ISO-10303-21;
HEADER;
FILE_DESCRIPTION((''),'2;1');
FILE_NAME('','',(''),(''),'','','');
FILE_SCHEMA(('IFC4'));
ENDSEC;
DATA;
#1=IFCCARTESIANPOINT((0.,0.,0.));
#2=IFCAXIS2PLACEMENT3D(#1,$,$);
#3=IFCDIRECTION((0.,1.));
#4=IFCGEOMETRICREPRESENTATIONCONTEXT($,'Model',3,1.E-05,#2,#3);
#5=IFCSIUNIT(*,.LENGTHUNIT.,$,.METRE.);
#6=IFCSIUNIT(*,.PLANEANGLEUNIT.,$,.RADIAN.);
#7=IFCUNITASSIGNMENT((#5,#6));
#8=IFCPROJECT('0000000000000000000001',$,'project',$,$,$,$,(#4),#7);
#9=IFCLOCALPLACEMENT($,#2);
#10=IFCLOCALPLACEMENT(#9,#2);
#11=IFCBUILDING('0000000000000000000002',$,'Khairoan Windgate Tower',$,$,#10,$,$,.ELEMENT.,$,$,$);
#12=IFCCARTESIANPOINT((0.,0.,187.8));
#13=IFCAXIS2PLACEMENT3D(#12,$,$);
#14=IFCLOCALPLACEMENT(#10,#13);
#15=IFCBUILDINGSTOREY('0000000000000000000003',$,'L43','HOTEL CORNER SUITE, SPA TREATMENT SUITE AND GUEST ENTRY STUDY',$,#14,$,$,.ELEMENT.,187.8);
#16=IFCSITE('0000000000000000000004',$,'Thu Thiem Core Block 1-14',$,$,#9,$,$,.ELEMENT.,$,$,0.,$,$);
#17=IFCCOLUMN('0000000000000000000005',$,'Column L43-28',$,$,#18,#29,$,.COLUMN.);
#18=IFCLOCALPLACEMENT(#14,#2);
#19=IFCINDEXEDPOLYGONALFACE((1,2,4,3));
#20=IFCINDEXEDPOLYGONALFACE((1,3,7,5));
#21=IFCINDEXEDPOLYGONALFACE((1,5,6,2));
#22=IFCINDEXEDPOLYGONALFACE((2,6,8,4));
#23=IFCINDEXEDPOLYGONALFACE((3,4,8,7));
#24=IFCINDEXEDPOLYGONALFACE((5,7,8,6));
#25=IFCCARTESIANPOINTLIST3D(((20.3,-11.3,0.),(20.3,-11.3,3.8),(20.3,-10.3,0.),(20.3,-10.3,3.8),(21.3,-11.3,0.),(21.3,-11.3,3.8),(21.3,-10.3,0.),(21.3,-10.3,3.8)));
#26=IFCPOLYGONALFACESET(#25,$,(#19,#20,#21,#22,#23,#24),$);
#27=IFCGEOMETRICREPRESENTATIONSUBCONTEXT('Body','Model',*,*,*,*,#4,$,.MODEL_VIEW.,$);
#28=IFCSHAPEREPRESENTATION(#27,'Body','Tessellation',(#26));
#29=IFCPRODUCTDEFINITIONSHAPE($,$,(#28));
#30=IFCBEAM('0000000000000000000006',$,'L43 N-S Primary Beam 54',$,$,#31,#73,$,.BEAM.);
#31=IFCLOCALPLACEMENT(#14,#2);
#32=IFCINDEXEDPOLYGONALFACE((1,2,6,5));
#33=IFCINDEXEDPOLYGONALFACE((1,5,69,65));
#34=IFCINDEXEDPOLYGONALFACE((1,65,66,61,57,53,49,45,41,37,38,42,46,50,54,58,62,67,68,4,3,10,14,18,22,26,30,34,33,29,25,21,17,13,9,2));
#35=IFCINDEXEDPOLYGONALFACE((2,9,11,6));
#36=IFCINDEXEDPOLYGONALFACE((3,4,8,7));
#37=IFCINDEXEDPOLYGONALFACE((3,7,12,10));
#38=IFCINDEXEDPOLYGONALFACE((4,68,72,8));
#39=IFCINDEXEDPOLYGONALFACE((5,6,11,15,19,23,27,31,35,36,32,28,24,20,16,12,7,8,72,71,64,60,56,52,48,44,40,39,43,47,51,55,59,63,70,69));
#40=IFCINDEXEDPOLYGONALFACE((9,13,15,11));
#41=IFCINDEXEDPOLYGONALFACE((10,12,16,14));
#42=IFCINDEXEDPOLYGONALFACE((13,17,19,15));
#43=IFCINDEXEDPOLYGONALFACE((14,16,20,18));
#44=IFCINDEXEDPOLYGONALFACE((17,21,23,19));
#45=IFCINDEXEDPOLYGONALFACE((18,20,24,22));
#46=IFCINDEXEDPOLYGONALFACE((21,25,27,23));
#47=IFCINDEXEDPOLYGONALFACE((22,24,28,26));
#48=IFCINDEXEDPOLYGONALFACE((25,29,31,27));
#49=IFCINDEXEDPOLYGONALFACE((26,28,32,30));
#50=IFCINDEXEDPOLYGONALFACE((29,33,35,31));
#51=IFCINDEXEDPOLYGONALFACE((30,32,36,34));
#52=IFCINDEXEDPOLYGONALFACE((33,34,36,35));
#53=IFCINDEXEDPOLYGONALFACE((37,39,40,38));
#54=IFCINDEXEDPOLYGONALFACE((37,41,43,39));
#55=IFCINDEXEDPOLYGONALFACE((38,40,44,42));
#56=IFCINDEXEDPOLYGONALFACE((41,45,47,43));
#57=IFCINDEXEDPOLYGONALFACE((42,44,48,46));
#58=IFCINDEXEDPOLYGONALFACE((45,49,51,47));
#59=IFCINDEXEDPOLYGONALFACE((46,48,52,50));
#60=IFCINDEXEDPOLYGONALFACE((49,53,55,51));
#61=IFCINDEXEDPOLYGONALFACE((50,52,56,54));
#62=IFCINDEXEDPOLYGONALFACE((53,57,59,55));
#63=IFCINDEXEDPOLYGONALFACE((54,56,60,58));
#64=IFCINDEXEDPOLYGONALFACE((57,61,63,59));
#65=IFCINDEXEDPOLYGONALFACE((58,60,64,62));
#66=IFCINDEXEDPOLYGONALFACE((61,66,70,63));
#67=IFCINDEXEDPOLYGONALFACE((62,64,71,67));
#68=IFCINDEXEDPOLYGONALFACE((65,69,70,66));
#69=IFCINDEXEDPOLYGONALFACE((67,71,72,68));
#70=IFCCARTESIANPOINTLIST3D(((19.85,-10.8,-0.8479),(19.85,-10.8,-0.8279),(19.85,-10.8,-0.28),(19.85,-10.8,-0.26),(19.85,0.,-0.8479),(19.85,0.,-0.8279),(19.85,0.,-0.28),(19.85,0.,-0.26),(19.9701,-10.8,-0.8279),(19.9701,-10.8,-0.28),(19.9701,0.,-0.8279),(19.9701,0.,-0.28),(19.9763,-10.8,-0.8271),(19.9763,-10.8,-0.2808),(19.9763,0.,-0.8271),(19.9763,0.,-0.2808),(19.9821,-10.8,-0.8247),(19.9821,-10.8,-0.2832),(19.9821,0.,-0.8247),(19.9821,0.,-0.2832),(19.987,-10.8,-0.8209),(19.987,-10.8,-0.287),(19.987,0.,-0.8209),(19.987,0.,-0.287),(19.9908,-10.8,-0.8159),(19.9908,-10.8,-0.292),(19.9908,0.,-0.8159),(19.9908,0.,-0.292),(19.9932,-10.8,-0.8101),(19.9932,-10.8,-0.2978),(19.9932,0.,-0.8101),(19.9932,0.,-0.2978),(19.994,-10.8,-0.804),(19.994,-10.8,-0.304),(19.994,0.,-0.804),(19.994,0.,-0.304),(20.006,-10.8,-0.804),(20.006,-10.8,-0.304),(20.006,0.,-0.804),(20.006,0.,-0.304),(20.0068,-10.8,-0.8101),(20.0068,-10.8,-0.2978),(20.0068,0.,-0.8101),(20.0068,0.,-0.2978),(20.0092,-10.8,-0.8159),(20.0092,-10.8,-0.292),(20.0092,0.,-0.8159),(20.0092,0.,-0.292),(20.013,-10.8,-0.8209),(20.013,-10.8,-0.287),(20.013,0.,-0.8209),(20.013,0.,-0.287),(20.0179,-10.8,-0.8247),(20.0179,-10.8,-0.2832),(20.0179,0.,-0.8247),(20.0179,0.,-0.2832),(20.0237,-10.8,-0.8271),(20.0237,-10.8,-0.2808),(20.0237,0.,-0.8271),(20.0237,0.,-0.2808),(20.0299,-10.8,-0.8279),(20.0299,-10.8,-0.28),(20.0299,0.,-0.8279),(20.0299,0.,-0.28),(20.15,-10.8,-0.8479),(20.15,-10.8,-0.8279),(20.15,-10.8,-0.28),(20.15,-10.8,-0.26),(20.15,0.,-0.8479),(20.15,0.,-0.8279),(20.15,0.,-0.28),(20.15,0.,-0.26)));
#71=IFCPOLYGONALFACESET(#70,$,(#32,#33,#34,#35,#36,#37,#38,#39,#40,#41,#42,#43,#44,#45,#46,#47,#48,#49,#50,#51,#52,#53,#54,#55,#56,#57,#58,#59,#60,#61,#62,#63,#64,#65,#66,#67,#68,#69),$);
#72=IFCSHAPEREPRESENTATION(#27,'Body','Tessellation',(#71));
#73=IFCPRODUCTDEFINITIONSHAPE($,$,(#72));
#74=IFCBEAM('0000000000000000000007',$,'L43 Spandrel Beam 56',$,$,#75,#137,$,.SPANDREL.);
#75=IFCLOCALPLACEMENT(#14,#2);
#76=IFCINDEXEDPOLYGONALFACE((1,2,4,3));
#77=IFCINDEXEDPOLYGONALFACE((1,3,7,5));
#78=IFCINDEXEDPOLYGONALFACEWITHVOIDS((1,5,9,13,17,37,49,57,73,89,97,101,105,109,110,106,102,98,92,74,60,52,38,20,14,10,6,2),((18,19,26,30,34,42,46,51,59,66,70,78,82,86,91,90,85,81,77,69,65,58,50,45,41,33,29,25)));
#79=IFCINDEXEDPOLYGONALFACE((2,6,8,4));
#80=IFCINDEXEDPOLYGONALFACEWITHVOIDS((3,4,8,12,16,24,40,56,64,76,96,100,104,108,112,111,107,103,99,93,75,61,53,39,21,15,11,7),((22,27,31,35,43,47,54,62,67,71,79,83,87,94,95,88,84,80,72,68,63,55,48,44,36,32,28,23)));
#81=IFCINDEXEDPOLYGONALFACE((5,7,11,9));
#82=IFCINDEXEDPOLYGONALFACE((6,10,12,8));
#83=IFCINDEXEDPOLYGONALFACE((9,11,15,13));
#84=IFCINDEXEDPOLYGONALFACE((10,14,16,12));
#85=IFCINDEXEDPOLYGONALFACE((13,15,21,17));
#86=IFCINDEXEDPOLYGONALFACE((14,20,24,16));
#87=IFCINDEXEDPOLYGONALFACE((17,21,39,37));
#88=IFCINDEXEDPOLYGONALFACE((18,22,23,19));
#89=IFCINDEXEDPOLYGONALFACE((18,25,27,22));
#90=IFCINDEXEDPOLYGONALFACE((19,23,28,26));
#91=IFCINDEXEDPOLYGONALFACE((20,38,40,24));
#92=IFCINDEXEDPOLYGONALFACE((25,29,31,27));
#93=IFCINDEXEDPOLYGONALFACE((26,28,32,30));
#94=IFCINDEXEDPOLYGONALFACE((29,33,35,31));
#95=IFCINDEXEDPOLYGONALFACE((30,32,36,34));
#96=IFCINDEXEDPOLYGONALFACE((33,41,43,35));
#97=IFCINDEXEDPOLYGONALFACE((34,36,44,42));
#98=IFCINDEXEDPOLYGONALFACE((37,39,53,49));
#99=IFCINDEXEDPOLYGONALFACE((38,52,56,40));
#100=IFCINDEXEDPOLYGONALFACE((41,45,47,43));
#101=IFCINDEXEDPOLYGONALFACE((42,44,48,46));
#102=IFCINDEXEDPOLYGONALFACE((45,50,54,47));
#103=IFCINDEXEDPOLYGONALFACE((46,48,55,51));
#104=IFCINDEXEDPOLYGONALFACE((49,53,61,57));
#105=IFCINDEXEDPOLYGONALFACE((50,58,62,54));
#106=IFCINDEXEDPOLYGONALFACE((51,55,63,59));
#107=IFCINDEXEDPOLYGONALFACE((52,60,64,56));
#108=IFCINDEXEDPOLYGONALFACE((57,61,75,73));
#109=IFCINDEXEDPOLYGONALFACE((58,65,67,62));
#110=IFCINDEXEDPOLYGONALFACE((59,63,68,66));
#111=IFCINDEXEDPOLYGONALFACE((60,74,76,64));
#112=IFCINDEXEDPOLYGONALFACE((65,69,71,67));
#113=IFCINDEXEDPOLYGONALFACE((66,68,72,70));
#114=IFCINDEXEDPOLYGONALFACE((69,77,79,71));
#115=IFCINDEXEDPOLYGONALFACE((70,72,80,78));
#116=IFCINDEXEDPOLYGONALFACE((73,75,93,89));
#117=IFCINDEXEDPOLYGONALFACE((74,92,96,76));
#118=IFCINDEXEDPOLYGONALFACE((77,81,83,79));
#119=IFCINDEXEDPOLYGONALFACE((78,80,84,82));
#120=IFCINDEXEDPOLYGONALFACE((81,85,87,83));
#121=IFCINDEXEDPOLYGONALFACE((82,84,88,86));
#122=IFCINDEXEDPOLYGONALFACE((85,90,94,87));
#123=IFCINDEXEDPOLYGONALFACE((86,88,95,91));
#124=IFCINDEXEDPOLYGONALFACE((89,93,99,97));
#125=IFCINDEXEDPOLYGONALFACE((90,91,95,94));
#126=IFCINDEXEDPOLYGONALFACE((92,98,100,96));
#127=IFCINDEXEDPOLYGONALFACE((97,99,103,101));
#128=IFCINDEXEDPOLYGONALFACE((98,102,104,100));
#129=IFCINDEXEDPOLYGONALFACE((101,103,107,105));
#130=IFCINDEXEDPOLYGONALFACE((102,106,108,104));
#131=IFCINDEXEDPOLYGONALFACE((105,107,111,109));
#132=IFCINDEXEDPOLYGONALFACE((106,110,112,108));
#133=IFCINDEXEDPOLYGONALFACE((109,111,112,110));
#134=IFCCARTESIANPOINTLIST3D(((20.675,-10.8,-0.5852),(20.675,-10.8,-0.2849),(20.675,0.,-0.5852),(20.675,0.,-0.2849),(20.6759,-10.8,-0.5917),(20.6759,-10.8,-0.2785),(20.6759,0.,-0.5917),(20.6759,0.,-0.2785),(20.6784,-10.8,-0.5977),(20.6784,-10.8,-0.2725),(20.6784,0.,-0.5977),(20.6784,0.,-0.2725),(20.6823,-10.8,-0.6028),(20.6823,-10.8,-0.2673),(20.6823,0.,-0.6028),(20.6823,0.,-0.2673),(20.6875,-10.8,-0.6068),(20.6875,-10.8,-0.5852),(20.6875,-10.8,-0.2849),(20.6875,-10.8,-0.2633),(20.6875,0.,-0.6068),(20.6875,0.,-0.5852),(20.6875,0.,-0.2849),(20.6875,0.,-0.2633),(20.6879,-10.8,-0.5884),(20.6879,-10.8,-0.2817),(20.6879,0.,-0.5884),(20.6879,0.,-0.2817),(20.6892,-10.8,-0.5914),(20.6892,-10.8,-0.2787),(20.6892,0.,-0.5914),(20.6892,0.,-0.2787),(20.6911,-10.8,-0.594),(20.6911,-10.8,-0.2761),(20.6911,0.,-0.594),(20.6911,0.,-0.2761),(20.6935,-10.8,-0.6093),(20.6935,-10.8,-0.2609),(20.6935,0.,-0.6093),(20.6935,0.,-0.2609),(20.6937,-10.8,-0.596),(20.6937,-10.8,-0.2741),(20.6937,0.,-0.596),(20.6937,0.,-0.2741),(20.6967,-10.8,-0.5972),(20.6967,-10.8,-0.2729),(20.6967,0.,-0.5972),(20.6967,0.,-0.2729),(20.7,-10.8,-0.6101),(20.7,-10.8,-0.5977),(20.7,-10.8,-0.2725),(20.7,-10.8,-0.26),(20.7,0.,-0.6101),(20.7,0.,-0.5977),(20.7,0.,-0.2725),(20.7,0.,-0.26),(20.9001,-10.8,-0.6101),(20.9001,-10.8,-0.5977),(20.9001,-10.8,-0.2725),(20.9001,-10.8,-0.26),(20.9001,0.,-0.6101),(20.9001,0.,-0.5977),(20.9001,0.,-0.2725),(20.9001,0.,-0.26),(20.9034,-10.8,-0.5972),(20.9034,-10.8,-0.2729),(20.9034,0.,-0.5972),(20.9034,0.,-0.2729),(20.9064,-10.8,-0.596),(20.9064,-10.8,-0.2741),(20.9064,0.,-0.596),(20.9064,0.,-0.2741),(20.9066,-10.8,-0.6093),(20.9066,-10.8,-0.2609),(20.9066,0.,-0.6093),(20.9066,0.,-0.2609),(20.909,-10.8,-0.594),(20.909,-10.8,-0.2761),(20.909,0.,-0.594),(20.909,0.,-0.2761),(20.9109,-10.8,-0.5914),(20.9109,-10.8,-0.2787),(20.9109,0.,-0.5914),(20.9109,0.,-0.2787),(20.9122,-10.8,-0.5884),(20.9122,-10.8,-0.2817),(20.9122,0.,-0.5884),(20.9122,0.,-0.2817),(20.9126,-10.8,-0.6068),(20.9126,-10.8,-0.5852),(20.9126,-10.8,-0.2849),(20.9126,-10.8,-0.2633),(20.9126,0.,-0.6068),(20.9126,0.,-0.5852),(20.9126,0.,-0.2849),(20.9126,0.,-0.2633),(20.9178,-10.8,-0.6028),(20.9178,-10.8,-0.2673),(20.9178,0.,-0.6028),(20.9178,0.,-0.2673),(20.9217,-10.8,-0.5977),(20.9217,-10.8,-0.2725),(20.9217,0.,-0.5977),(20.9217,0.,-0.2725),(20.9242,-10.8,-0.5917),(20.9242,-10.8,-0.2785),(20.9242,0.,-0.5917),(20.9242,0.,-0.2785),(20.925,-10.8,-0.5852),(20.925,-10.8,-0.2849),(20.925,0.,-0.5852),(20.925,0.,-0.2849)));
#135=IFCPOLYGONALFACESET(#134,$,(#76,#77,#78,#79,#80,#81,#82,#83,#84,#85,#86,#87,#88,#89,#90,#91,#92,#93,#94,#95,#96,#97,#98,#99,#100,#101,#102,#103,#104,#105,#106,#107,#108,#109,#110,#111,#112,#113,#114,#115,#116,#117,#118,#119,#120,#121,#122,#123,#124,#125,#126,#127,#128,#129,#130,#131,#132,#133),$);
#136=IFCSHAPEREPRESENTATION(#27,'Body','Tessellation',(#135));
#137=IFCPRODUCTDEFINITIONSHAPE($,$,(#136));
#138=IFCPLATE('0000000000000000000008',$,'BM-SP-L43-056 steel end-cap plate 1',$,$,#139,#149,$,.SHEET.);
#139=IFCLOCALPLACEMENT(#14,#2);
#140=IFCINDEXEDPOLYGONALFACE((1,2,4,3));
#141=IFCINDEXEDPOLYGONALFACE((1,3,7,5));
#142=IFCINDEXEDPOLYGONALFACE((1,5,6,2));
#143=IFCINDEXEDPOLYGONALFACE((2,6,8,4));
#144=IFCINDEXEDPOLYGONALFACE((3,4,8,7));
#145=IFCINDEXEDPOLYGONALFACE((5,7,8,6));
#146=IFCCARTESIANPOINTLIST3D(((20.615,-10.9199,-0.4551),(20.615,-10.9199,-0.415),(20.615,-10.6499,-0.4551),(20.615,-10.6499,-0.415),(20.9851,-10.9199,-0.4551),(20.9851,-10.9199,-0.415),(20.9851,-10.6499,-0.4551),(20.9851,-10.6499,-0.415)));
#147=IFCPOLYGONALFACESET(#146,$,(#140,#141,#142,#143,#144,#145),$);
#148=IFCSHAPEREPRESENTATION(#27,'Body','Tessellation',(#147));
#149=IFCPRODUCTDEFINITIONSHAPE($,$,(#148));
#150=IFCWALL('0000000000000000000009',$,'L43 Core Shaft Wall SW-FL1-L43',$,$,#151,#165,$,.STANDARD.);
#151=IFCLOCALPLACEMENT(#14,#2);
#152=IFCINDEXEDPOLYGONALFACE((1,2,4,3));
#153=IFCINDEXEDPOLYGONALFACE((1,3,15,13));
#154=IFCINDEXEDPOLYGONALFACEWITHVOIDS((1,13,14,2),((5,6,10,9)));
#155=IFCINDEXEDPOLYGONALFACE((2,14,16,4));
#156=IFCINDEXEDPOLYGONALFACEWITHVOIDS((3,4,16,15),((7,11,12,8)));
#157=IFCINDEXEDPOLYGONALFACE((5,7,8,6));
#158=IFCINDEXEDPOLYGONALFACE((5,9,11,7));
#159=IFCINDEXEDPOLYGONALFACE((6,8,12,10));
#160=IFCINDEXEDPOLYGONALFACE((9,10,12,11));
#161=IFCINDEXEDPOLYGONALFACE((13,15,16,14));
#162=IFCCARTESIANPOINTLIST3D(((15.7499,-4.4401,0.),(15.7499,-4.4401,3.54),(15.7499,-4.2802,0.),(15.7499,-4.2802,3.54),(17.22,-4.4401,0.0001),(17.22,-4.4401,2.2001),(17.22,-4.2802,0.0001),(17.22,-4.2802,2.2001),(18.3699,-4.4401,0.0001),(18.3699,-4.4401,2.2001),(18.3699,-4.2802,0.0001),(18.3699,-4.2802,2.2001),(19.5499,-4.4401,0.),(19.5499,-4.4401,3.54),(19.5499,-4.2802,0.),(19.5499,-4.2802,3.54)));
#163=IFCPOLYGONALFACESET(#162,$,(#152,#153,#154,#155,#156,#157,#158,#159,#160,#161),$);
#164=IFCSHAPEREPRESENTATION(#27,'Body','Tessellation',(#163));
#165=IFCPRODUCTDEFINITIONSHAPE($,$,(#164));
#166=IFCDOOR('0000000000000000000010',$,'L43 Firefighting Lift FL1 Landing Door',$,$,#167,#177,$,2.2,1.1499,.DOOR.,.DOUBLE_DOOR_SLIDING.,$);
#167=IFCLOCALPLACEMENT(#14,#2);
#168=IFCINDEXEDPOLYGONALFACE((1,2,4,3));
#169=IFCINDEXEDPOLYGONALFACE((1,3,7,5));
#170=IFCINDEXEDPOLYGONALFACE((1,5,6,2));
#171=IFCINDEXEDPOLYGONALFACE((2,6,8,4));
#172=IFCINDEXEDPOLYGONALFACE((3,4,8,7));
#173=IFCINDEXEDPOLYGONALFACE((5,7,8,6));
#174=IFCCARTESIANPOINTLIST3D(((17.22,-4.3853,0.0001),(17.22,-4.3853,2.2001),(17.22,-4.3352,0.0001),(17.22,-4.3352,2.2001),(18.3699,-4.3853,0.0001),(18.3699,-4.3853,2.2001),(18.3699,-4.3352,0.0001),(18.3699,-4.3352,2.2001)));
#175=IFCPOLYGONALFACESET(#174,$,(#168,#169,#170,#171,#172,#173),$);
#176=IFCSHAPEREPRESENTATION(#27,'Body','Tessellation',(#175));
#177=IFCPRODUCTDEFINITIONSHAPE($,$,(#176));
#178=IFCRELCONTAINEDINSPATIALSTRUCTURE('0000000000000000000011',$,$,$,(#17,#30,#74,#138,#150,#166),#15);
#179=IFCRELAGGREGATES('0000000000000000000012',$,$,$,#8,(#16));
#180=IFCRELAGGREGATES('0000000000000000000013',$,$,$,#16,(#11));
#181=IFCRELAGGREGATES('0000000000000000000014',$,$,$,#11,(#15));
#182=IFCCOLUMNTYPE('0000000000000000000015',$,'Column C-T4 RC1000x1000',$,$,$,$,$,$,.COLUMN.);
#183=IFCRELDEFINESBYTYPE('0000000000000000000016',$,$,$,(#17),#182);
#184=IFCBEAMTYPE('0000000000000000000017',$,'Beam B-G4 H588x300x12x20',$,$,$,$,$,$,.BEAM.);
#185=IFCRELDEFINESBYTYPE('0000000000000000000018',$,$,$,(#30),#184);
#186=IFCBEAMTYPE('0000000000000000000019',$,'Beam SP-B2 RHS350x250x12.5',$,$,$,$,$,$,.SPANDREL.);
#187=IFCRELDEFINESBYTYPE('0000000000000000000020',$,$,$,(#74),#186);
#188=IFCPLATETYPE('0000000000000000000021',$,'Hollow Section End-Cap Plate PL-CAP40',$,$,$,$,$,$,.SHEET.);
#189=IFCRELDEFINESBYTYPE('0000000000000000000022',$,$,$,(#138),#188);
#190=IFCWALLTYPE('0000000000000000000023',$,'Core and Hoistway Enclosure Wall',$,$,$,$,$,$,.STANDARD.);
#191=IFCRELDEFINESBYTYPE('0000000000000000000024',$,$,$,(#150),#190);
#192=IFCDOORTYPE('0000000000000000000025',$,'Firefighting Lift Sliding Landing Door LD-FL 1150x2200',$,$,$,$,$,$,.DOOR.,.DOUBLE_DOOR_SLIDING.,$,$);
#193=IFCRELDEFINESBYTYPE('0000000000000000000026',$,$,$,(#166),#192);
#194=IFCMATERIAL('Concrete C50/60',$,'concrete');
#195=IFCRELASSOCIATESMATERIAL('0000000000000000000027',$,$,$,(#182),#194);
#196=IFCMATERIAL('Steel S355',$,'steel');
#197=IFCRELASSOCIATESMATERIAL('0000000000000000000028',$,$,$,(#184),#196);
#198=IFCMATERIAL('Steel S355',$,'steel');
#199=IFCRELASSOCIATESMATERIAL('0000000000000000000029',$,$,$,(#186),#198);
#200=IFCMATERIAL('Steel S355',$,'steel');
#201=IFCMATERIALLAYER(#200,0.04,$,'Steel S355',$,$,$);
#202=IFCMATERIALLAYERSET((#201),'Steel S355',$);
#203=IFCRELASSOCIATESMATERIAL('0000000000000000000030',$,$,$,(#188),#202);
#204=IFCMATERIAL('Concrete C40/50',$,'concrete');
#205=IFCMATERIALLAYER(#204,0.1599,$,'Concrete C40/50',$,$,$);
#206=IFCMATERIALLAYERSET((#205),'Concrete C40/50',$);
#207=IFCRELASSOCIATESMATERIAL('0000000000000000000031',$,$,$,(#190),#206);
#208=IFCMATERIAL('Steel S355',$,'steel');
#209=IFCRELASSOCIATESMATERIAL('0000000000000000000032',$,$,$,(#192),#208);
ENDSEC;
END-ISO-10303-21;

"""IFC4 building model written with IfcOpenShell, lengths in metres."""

from ifc_helpers import new_model, si_unit, direction, frame, frame_2d, origin, origin_2d, place, context, subcontext, project, spatial, rectangle, hollow_rectangle, i_section, extrude, material, layer, layer_set, material_profile, profile_set, type_object, element, fill, save


model = new_model("IFC4")

# Units and contexts
model_context = context("Model", 3, precision=1e-05, world=origin(), true_north=direction((0.0, 1.0)))
body_context = subcontext(model_context, "Body", "Model", "MODEL_VIEW")
ifc_project = project(units=[si_unit("LENGTHUNIT", "METRE"), si_unit("PLANEANGLEUNIT", "RADIAN")], contexts=[model_context])

# Site, building, storey
site_placement = place(None, origin())
site = spatial("IfcSite", under=ifc_project, at=site_placement, Name="Thu Thiem Core Block 1-14", CompositionType="ELEMENT", RefElevation=0.0)
building_placement = place(site_placement, origin())
building = spatial("IfcBuilding", under=site, at=building_placement, Name="Khairoan Windgate Tower", CompositionType="ELEMENT")
storey_placement = place(building_placement, frame((0.0, 0.0, 187.8)))
storey = spatial("IfcBuildingStorey", under=building, at=storey_placement, Name="L43", Description="HOTEL CORNER SUITE, SPA TREATMENT SUITE AND GUEST ENTRY STUDY", CompositionType="ELEMENT", Elevation=187.8)

# Column
ifc_material_1 = material(Name="Concrete C50/60", Category="concrete")
ifc_material_profile_1 = material_profile(ifc_material_1, rectangle(XDim=1.0, YDim=1.0, at=origin_2d()))
ifc_profile_set_1 = profile_set([ifc_material_profile_1], Name="Concrete C50/60")
column_type = type_object("IfcColumnType", Name="Column C-T4 RC1000x1000", PredefinedType="COLUMN", material=ifc_profile_set_1)
column_placement = place(storey_placement, frame((20.8, -10.8, 0.0), z_axis=(0.0, 0.0, 1.0), x_axis=(1.0, 0.0, 0.0)))
element("IfcColumn", 1, at=column_placement, inside=storey, type_object=column_type, Name="Column L43-28", PredefinedType="COLUMN", context=body_context, shape_type="SweptSolid", body=[
    extrude(rectangle(XDim=1.0, YDim=1.0, at=origin_2d()), origin(), (0.0, 0.0, 1.0), 3.8),
])

# Beams
ifc_material_2 = material(Name="Steel S355", Category="steel")
ifc_material_profile_2 = material_profile(ifc_material_2, i_section(OverallWidth=0.3, OverallDepth=0.5879, WebThickness=0.012, FlangeThickness=0.02, FilletRadius=0.0239, at=origin_2d()))
ifc_profile_set_2 = profile_set([ifc_material_profile_2], Name="Steel S355")
beam_type_1 = type_object("IfcBeamType", Name="Beam B-G4 H588x300x12x20", PredefinedType="BEAM", material=ifc_profile_set_2)
beam_1_placement = place(storey_placement, frame((20.0, -10.8, -0.554), z_axis=(0.0, 1.0, 0.0), x_axis=(-1.0, 0.0, 0.0)))
element("IfcBeam", 2, at=beam_1_placement, inside=storey, type_object=beam_type_1, Name="L43 N-S Primary Beam 54", PredefinedType="BEAM", context=body_context, shape_type="SweptSolid", body=[
    extrude(i_section(OverallWidth=0.3, OverallDepth=0.5879, WebThickness=0.012, FlangeThickness=0.02, FilletRadius=0.0239, at=origin_2d()), origin(), (0.0, 0.0, 1.0), 10.8),
])
ifc_material_3 = material(Name="Steel S355", Category="steel")
ifc_material_profile_3 = material_profile(ifc_material_3, hollow_rectangle(XDim=0.25, YDim=0.3501, WallThickness=0.0125, InnerFilletRadius=0.0125, OuterFilletRadius=0.0249, at=origin_2d()))
ifc_profile_set_3 = profile_set([ifc_material_profile_3], Name="Steel S355")
beam_type_2 = type_object("IfcBeamType", Name="Beam SP-B2 RHS350x250x12.5", PredefinedType="SPANDREL", material=ifc_profile_set_3)
beam_2_placement = place(storey_placement, frame((20.8, -10.8, -0.4351), z_axis=(0.0, 1.0, 0.0), x_axis=(-1.0, 0.0, 0.0)))
element("IfcBeam", 3, at=beam_2_placement, inside=storey, type_object=beam_type_2, Name="L43 Spandrel Beam 56", PredefinedType="SPANDREL", context=body_context, shape_type="SweptSolid", body=[
    extrude(hollow_rectangle(XDim=0.25, YDim=0.3501, WallThickness=0.0125, InnerFilletRadius=0.0125, OuterFilletRadius=0.0249, at=origin_2d()), origin(), (0.0, 0.0, 1.0), 10.8),
])

# Plate
ifc_material_4 = material(Name="Steel S355", Category="steel")
ifc_layer_1 = layer(ifc_material_4, 0.04, Name="Steel S355")
ifc_layer_set_1 = layer_set([ifc_layer_1], Name="Steel S355")
plate_type = type_object("IfcPlateType", Name="Hollow Section End-Cap Plate PL-CAP40", PredefinedType="SHEET", material=ifc_layer_set_1)
plate_placement = place(storey_placement, frame((20.8, -10.7849, -0.4551), z_axis=(0.0, 0.0, 1.0), x_axis=(0.0, 1.0, 0.0)))
element("IfcPlate", 4, at=plate_placement, inside=storey, type_object=plate_type, Name="BM-SP-L43-056 steel end-cap plate 1", PredefinedType="SHEET", context=body_context, shape_type="SweptSolid", body=[
    extrude(rectangle(XDim=0.27, YDim=0.3701, at=origin_2d()), origin(), (0.0, 0.0, 1.0), 0.04),
])

# Wall, opening, door
ifc_material_5 = material(Name="Concrete C40/50", Category="concrete")
ifc_layer_2 = layer(ifc_material_5, 0.1599, Name="Concrete C40/50")
ifc_layer_set_2 = layer_set([ifc_layer_2], Name="Concrete C40/50")
wall_type_1 = type_object("IfcWallType", Name="Core and Hoistway Enclosure Wall", PredefinedType="STANDARD", material=ifc_layer_set_2)
wall_1_placement = place(storey_placement, frame((15.75, -4.3601, 0.0), z_axis=(0.0, 0.0, 1.0), x_axis=(1.0, 0.0, 0.0)))
wall_1 = element("IfcWall", 5, at=wall_1_placement, inside=storey, type_object=wall_type_1, Name="L43 Core Shaft Wall SW-FL1-L43", PredefinedType="STANDARD", context=body_context, shape_type="SweptSolid", body=[
    extrude(rectangle(XDim=3.8, YDim=0.1599, at=frame_2d((1.8999, 0.0))), origin(), (0.0, 0.0, 1.0), 3.54),
])
opening_1_placement = place(wall_1_placement, frame((1.47, 0.0, 0.0)))
opening_1 = element("IfcOpeningElement", 6, at=opening_1_placement, cuts=wall_1, PredefinedType="OPENING", context=body_context, shape_type="SweptSolid", body=[
    extrude(rectangle(XDim=1.1499, YDim=2.2, at=frame_2d((0.575, 1.1001))), frame((0.0, 0.0898, 0.0), z_axis=(0.0, -1.0, 0.0), x_axis=(1.0, 0.0, 0.0)), (0.0, 0.0, 1.0), 0.1799),
])
ifc_material_6 = material(Name="Steel S355", Category="steel")
door_type_1 = type_object("IfcDoorType", Name="Firefighting Lift Sliding Landing Door LD-FL 1150x2200", OperationType="DOUBLE_DOOR_SLIDING", PredefinedType="DOOR", material=ifc_material_6)
door_1_placement = place(opening_1_placement, origin())
door_1 = element("IfcDoor", 7, at=door_1_placement, inside=storey, type_object=door_type_1, Name="L43 Firefighting Lift FL1 Landing Door", OperationType="DOUBLE_DOOR_SLIDING", OverallHeight=2.2, OverallWidth=1.1499, PredefinedType="DOOR", context=body_context, shape_type="SweptSolid", body=[
    extrude(rectangle(XDim=1.1499, YDim=2.2, at=frame_2d((0.575, 1.1001))), frame((0.0, 0.0249, 0.0), z_axis=(0.0, -1.0, 0.0), x_axis=(1.0, 0.0, 0.0)), (0.0, 0.0, 1.0), 0.05),
])
fill(opening_1, door_1)

save(model, "model.ifc")
